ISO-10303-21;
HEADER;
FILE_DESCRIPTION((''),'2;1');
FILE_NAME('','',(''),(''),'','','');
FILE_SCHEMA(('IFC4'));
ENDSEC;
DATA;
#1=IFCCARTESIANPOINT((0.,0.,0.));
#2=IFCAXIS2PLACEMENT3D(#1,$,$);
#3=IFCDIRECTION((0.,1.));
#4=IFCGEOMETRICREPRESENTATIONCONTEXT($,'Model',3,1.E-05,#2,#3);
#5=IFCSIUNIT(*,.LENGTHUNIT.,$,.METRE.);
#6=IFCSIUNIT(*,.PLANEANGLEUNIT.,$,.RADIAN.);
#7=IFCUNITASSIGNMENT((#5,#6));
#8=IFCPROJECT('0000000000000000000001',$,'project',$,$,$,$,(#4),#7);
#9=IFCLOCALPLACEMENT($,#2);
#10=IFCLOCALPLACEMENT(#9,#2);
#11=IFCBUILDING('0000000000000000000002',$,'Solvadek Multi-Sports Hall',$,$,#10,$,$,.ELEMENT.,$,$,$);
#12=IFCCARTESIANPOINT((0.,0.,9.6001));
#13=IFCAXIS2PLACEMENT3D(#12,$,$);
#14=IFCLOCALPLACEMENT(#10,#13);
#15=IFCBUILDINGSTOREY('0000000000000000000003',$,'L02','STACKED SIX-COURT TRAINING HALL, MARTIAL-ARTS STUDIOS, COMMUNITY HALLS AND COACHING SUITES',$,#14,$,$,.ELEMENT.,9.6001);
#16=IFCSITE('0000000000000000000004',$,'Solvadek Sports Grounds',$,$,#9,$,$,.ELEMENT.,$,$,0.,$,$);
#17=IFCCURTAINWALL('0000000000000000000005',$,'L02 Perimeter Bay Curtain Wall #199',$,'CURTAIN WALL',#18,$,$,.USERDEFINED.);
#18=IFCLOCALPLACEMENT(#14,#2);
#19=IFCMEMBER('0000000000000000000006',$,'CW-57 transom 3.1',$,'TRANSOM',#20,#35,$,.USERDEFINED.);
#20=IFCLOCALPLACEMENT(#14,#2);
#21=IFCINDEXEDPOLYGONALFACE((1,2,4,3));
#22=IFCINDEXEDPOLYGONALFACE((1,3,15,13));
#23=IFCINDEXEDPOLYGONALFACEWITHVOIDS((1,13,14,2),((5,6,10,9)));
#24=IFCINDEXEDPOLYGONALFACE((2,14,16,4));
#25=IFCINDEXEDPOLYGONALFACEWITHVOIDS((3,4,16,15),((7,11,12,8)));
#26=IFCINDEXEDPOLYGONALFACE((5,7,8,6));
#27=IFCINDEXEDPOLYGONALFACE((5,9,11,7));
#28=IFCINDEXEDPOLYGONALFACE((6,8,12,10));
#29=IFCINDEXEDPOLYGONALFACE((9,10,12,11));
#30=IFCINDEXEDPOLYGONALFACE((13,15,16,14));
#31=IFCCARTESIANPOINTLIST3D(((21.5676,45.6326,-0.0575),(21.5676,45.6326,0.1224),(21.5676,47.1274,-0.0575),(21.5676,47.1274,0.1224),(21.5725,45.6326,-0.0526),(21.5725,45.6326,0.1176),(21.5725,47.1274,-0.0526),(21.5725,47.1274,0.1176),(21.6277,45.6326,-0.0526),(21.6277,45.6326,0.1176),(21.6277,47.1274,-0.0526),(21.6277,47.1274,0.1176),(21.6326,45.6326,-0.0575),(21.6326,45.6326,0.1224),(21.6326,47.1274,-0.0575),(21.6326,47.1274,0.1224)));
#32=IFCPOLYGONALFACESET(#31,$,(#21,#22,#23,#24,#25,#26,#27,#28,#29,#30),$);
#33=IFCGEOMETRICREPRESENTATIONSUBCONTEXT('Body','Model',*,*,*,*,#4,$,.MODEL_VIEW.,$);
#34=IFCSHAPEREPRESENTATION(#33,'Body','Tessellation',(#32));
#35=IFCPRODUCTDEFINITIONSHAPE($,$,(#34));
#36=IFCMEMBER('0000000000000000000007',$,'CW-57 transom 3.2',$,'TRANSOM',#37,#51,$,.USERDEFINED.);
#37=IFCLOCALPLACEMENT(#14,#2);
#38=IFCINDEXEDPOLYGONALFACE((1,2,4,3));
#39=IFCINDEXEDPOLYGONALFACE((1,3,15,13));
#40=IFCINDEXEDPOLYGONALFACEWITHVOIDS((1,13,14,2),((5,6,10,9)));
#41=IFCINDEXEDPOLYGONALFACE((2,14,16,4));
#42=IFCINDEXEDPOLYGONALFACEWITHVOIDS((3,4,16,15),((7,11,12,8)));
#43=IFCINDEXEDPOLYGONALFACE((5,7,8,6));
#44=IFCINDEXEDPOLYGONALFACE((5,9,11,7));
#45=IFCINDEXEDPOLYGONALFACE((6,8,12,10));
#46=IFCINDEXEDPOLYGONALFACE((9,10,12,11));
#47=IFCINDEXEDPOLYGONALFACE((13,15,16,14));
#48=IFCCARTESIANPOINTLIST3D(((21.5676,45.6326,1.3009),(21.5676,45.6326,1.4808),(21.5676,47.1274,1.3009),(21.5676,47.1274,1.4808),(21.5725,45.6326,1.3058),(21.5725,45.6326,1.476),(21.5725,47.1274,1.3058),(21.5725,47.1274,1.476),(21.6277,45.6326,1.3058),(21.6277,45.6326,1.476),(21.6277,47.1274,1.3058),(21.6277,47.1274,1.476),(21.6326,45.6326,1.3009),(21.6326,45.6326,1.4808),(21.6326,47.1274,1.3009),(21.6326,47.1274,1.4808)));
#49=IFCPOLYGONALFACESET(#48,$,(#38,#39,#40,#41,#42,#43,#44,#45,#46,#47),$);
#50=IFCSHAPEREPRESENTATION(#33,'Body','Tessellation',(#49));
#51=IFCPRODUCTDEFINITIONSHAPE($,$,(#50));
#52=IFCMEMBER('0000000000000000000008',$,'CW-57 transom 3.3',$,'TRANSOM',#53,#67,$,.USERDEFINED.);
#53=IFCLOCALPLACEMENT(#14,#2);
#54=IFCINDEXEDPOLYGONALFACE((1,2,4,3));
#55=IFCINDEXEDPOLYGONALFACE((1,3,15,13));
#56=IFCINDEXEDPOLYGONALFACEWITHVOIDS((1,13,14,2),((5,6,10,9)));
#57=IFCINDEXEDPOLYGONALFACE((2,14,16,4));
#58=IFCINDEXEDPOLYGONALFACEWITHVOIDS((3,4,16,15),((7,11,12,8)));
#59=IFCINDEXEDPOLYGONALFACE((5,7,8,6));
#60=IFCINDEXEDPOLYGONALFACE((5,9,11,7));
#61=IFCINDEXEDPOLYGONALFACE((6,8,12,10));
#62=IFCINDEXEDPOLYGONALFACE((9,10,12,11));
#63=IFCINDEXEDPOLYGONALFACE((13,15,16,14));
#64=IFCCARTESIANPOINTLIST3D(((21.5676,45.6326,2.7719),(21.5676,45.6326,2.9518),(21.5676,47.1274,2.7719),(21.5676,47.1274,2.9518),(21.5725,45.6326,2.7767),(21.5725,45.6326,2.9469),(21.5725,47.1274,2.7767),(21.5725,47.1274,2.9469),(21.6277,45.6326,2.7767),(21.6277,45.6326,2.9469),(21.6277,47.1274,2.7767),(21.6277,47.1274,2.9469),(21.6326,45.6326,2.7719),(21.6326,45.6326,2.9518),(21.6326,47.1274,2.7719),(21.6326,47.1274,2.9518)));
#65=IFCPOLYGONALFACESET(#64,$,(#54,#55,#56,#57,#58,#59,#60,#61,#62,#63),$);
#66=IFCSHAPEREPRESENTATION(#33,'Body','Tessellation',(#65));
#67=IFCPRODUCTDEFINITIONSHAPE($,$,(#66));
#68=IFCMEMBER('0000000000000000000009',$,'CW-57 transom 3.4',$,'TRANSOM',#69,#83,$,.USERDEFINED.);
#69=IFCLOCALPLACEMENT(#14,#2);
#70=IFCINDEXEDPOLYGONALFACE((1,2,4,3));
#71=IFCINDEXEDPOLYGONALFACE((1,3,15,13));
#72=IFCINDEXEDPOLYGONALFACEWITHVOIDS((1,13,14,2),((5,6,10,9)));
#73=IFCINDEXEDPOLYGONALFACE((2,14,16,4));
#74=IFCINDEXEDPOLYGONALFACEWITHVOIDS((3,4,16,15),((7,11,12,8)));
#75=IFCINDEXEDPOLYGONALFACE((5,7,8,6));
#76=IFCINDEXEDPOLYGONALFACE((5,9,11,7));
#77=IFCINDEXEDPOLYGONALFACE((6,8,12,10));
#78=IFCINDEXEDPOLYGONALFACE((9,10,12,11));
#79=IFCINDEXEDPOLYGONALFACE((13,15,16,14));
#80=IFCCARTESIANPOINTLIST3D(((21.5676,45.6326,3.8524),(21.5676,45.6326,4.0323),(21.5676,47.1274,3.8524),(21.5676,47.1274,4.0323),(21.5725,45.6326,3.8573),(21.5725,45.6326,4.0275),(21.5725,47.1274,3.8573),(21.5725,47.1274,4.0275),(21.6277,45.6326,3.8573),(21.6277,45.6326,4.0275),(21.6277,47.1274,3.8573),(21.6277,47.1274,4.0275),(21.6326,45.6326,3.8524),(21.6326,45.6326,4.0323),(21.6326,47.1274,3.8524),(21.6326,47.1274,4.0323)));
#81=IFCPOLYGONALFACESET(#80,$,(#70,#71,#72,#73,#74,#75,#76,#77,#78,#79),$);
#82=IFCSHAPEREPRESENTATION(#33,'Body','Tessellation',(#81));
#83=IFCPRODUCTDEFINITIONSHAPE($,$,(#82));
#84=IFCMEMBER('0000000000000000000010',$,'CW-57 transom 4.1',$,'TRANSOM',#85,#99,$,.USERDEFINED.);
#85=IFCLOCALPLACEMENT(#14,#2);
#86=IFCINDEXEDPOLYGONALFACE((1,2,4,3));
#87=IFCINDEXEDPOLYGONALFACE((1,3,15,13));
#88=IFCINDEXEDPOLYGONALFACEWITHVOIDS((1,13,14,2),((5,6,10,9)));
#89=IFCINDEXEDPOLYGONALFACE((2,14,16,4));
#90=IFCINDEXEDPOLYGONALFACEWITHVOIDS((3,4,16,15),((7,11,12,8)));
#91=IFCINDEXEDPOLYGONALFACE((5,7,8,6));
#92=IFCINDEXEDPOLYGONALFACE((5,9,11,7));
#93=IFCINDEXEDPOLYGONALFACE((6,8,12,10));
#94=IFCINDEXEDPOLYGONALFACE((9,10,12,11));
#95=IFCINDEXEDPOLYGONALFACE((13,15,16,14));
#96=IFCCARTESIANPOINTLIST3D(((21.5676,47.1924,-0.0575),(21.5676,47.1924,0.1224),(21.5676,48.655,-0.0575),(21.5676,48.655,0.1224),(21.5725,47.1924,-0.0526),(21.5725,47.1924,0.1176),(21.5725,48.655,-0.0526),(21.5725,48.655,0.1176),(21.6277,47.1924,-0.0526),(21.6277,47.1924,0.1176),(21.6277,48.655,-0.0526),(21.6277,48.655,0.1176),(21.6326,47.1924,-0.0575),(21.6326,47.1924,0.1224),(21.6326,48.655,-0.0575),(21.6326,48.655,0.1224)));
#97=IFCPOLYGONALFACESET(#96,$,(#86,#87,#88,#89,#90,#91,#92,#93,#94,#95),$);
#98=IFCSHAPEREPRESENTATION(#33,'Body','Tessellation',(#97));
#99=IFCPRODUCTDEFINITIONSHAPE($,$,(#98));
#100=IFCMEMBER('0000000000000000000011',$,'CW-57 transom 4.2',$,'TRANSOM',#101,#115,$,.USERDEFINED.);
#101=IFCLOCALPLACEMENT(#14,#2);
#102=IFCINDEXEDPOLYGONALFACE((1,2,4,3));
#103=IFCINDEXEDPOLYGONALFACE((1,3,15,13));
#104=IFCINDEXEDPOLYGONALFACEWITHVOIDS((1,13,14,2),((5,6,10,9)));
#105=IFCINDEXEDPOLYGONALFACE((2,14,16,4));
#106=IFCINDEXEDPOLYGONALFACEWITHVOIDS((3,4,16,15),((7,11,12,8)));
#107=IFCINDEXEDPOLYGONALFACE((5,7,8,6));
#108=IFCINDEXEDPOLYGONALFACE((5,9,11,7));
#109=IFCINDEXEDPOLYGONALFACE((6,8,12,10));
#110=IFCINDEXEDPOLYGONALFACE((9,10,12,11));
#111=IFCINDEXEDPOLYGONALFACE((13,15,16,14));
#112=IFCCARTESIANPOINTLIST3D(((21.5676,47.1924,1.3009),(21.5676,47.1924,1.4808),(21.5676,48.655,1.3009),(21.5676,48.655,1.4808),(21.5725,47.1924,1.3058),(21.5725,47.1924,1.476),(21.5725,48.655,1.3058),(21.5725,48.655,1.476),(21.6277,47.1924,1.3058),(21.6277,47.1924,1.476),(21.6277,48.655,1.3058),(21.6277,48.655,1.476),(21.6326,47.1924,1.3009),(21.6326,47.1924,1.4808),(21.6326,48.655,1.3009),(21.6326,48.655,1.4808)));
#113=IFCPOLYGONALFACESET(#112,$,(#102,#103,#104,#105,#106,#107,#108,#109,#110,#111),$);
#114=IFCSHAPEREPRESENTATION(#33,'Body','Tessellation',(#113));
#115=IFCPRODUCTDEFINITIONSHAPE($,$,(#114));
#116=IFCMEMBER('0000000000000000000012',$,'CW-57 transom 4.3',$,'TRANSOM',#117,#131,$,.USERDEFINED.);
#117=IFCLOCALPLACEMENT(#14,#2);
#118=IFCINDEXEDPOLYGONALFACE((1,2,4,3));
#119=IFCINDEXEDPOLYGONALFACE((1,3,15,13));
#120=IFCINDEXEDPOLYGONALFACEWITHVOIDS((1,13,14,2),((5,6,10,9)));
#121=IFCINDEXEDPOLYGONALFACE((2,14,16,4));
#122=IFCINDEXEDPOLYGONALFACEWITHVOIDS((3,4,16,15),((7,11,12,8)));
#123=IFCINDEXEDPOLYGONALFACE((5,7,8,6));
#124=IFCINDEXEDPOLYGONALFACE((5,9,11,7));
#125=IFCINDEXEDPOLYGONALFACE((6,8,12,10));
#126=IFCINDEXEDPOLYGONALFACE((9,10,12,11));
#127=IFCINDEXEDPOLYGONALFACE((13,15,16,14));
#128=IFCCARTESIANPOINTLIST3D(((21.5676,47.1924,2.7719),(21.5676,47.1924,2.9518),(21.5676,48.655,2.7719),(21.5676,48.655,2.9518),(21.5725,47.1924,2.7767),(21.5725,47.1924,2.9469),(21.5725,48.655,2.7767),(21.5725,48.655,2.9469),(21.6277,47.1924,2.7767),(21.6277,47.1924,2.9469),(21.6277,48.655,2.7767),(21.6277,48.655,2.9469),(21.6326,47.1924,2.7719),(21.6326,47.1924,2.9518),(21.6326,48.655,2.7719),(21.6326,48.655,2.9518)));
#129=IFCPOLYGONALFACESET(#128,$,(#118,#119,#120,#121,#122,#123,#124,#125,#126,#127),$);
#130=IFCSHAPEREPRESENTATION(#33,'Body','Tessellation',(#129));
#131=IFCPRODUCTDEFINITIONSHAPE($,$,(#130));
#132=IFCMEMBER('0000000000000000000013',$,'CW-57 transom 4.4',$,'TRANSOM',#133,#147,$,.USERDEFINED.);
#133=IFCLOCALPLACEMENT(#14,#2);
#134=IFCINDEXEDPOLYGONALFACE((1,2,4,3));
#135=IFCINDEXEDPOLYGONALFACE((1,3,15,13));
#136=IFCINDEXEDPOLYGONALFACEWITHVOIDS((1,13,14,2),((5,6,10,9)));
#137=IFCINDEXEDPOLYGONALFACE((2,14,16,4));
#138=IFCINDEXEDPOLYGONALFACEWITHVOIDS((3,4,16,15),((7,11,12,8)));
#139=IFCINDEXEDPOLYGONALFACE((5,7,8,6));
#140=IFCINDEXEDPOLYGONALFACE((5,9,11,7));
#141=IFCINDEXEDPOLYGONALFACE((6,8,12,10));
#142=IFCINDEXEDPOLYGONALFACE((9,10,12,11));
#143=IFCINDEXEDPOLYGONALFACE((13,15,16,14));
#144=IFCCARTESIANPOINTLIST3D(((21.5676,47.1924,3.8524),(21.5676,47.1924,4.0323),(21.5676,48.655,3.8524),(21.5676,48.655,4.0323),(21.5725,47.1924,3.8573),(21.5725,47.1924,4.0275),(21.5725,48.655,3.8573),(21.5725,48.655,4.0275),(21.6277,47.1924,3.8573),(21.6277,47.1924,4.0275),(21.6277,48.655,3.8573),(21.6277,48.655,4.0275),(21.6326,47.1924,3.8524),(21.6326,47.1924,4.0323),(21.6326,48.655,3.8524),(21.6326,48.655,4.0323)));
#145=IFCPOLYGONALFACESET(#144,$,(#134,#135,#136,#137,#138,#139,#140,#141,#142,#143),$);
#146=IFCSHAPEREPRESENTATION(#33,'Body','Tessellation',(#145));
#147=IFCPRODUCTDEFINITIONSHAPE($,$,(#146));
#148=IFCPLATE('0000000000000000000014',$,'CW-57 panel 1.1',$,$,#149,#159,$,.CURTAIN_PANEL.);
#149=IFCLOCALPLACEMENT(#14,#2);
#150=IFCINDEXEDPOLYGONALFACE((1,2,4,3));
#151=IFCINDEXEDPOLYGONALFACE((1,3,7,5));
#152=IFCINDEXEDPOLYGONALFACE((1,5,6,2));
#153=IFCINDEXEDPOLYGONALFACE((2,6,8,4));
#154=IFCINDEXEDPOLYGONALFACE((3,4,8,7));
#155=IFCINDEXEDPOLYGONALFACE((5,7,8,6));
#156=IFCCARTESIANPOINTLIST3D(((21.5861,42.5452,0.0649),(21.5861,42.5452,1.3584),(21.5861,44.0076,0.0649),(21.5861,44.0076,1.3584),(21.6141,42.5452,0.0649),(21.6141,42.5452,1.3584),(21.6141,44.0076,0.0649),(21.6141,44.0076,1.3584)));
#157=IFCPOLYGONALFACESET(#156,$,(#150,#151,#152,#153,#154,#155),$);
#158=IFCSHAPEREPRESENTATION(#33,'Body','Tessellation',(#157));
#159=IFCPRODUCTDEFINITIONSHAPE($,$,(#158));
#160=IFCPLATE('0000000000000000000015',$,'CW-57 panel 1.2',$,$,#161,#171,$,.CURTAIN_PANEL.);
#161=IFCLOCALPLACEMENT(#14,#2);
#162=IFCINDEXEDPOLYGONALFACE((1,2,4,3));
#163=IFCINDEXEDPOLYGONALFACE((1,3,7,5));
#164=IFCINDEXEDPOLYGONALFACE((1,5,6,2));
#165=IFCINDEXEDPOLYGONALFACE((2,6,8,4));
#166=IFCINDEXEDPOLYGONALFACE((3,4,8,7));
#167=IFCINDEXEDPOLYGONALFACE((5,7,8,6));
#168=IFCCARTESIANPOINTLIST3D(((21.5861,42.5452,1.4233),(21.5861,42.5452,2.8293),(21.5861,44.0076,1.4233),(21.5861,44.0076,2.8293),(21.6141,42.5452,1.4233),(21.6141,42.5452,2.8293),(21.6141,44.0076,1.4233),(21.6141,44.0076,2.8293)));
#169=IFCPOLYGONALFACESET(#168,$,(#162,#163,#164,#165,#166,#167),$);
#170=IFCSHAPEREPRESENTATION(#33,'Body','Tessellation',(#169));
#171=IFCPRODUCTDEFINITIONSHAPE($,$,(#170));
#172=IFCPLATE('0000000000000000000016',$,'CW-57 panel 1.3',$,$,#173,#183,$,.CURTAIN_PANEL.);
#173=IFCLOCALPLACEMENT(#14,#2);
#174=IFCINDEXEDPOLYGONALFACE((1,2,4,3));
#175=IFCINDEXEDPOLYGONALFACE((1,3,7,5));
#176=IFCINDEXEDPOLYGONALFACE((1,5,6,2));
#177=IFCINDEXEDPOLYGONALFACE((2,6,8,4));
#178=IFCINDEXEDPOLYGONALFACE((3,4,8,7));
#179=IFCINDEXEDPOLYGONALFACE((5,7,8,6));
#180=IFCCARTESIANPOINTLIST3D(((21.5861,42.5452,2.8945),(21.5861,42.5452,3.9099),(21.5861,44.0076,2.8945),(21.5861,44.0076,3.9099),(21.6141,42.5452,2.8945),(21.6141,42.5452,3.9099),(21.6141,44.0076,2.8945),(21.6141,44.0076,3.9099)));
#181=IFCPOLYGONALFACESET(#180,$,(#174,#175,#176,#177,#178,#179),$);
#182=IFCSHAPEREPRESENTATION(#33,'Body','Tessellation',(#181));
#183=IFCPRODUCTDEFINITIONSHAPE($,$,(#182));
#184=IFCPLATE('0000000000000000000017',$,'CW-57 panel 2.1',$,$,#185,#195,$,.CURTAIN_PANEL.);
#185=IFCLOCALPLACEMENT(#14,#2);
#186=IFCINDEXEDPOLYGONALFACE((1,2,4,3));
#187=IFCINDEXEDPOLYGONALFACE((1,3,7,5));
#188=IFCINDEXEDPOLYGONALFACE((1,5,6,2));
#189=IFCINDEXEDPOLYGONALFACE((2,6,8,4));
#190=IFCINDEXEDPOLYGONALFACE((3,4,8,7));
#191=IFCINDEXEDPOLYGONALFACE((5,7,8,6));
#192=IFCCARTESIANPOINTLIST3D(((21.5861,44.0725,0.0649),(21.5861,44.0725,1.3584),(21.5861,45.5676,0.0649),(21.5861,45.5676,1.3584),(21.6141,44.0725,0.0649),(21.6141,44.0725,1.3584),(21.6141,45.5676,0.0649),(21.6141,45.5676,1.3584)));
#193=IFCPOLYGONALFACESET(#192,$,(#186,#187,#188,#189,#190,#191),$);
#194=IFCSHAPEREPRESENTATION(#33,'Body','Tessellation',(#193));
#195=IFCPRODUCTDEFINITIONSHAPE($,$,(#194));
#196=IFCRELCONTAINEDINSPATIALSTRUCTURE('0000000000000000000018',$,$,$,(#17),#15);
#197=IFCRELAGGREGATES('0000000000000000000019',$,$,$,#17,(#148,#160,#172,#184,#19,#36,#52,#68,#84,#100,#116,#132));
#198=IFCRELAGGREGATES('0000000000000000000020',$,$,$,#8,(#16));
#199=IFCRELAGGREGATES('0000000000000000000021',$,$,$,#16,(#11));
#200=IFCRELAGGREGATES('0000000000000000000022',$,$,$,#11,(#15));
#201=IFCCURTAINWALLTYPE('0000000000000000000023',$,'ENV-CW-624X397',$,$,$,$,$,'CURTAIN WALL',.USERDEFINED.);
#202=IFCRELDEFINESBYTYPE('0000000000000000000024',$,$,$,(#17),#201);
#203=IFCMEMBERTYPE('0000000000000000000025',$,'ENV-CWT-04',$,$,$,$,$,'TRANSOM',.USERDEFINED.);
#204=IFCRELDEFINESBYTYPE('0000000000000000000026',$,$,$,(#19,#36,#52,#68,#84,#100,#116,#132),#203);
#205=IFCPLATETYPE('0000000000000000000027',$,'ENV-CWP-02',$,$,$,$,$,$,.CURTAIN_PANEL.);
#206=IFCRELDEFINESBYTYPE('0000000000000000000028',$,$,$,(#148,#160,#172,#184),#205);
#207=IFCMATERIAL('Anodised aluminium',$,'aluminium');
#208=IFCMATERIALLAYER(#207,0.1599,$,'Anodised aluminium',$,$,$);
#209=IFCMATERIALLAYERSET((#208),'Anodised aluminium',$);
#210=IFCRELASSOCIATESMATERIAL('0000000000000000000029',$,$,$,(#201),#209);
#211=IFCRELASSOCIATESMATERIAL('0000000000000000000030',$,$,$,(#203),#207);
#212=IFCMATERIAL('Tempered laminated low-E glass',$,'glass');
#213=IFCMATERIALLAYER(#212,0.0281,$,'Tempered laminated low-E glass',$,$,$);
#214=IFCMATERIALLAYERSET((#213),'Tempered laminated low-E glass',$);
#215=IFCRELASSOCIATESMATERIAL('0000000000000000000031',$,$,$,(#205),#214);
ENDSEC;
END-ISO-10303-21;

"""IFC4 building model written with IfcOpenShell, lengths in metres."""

from ifc_helpers import new_model, si_unit, direction, frame, origin, origin_2d, place, context, subcontext, project, spatial, rectangle, hollow_rectangle, extrude, material, layer, layer_set, material_profile, profile_set, type_object, element, aggregate, save


model = new_model("IFC4")

# Units and contexts
model_context = context("Model", 3, precision=1e-05, world=origin(), true_north=direction((0.0, 1.0)))
body_context = subcontext(model_context, "Body", "Model", "MODEL_VIEW")
ifc_project = project(units=[si_unit("LENGTHUNIT", "METRE"), si_unit("PLANEANGLEUNIT", "RADIAN")], contexts=[model_context])

# Site, building, storey
site_placement = place(None, origin())
site = spatial("IfcSite", under=ifc_project, at=site_placement, Name="Solvadek Sports Grounds", CompositionType="ELEMENT", RefElevation=0.0)
building_placement = place(site_placement, origin())
building = spatial("IfcBuilding", under=site, at=building_placement, Name="Solvadek Multi-Sports Hall", CompositionType="ELEMENT")
storey_placement = place(building_placement, frame((0.0, 0.0, 9.6001)))
storey = spatial("IfcBuildingStorey", under=building, at=storey_placement, Name="L02", Description="STACKED SIX-COURT TRAINING HALL, MARTIAL-ARTS STUDIOS, COMMUNITY HALLS AND COACHING SUITES", CompositionType="ELEMENT", Elevation=9.6001)

# Curtain wall, members, plates
ifc_material_1 = material(Name="Anodised aluminium", Category="aluminium")
ifc_layer_1 = layer(ifc_material_1, 0.1599, Name="Anodised aluminium")
ifc_layer_set_1 = layer_set([ifc_layer_1], Name="Anodised aluminium")
curtain_wall_type = type_object("IfcCurtainWallType", Name="ENV-CW-624X397", ElementType="CURTAIN WALL", PredefinedType="USERDEFINED", material=ifc_layer_set_1)
curtain_wall_placement = place(storey_placement, origin())
curtain_wall = element("IfcCurtainWall", 1, at=curtain_wall_placement, inside=storey, type_object=curtain_wall_type, Name="L02 Perimeter Bay Curtain Wall #199", ObjectType="CURTAIN WALL", PredefinedType="USERDEFINED")
ifc_material_profile_1 = material_profile(ifc_material_1, hollow_rectangle(XDim=0.0649, YDim=0.1799, WallThickness=0.0049, at=origin_2d()), Name="ALU-T 180x65x5")
ifc_profile_set_1 = profile_set([ifc_material_profile_1], Name="Anodised aluminium")
member_type_1 = type_object("IfcMemberType", Name="ENV-CWT-04", ElementType="TRANSOM", PredefinedType="USERDEFINED", material=ifc_profile_set_1)
member_1_placement = place(storey_placement, frame((21.6001, 45.6326, 0.0325), z_axis=(0.0, 1.0, 0.0), x_axis=(-1.0, 0.0, 0.0)))
member_1 = element("IfcMember", 2, at=member_1_placement, type_object=member_type_1, Name="CW-57 transom 3.1", ObjectType="TRANSOM", PredefinedType="USERDEFINED", context=body_context, shape_type="SweptSolid", body=[
    extrude(hollow_rectangle(XDim=0.0649, YDim=0.1799, WallThickness=0.0049, at=origin_2d()), origin(), (0.0, 0.0, 1.0), 1.4949),
])
member_2_placement = place(storey_placement, frame((21.6001, 45.6326, 1.3909), z_axis=(0.0, 1.0, 0.0), x_axis=(-1.0, 0.0, 0.0)))
member_2 = element("IfcMember", 3, at=member_2_placement, type_object=member_type_1, Name="CW-57 transom 3.2", ObjectType="TRANSOM", PredefinedType="USERDEFINED", context=body_context, shape_type="SweptSolid", body=[
    extrude(hollow_rectangle(XDim=0.0649, YDim=0.1799, WallThickness=0.0049, at=origin_2d()), origin(), (0.0, 0.0, 1.0), 1.4949),
])
member_3_placement = place(storey_placement, frame((21.6001, 45.6326, 2.8618), z_axis=(0.0, 1.0, 0.0), x_axis=(-1.0, 0.0, 0.0)))
member_3 = element("IfcMember", 4, at=member_3_placement, type_object=member_type_1, Name="CW-57 transom 3.3", ObjectType="TRANSOM", PredefinedType="USERDEFINED", context=body_context, shape_type="SweptSolid", body=[
    extrude(hollow_rectangle(XDim=0.0649, YDim=0.1799, WallThickness=0.0049, at=origin_2d()), origin(), (0.0, 0.0, 1.0), 1.4949),
])
member_4_placement = place(storey_placement, frame((21.6001, 45.6326, 3.9424), z_axis=(0.0, 1.0, 0.0), x_axis=(-1.0, 0.0, 0.0)))
member_4 = element("IfcMember", 5, at=member_4_placement, type_object=member_type_1, Name="CW-57 transom 3.4", ObjectType="TRANSOM", PredefinedType="USERDEFINED", context=body_context, shape_type="SweptSolid", body=[
    extrude(hollow_rectangle(XDim=0.0649, YDim=0.1799, WallThickness=0.0049, at=origin_2d()), origin(), (0.0, 0.0, 1.0), 1.4949),
])
member_5_placement = place(storey_placement, frame((21.6001, 47.1924, 0.0325), z_axis=(0.0, 1.0, 0.0), x_axis=(-1.0, 0.0, 0.0)))
member_5 = element("IfcMember", 6, at=member_5_placement, type_object=member_type_1, Name="CW-57 transom 4.1", ObjectType="TRANSOM", PredefinedType="USERDEFINED", context=body_context, shape_type="SweptSolid", body=[
    extrude(hollow_rectangle(XDim=0.0649, YDim=0.1799, WallThickness=0.0049, at=origin_2d()), origin(), (0.0, 0.0, 1.0), 1.4626),
])
member_6_placement = place(storey_placement, frame((21.6001, 47.1924, 1.3909), z_axis=(0.0, 1.0, 0.0), x_axis=(-1.0, 0.0, 0.0)))
member_6 = element("IfcMember", 7, at=member_6_placement, type_object=member_type_1, Name="CW-57 transom 4.2", ObjectType="TRANSOM", PredefinedType="USERDEFINED", context=body_context, shape_type="SweptSolid", body=[
    extrude(hollow_rectangle(XDim=0.0649, YDim=0.1799, WallThickness=0.0049, at=origin_2d()), origin(), (0.0, 0.0, 1.0), 1.4626),
])
member_7_placement = place(storey_placement, frame((21.6001, 47.1924, 2.8618), z_axis=(0.0, 1.0, 0.0), x_axis=(-1.0, 0.0, 0.0)))
member_7 = element("IfcMember", 8, at=member_7_placement, type_object=member_type_1, Name="CW-57 transom 4.3", ObjectType="TRANSOM", PredefinedType="USERDEFINED", context=body_context, shape_type="SweptSolid", body=[
    extrude(hollow_rectangle(XDim=0.0649, YDim=0.1799, WallThickness=0.0049, at=origin_2d()), origin(), (0.0, 0.0, 1.0), 1.4626),
])
member_8_placement = place(storey_placement, frame((21.6001, 47.1924, 3.9424), z_axis=(0.0, 1.0, 0.0), x_axis=(-1.0, 0.0, 0.0)))
member_8 = element("IfcMember", 9, at=member_8_placement, type_object=member_type_1, Name="CW-57 transom 4.4", ObjectType="TRANSOM", PredefinedType="USERDEFINED", context=body_context, shape_type="SweptSolid", body=[
    extrude(hollow_rectangle(XDim=0.0649, YDim=0.1799, WallThickness=0.0049, at=origin_2d()), origin(), (0.0, 0.0, 1.0), 1.4626),
])
ifc_material_2 = material(Name="Tempered laminated low-E glass", Category="glass")
ifc_layer_2 = layer(ifc_material_2, 0.0281, Name="Tempered laminated low-E glass")
ifc_layer_set_2 = layer_set([ifc_layer_2], Name="Tempered laminated low-E glass")
plate_type = type_object("IfcPlateType", Name="ENV-CWP-02", PredefinedType="CURTAIN_PANEL", material=ifc_layer_set_2)
plate_1_placement = place(storey_placement, frame((21.6001, 43.2764, 0.0649), z_axis=(0.0, 0.0, 1.0), x_axis=(0.0, 1.0, 0.0)))
plate_1 = element("IfcPlate", 10, at=plate_1_placement, type_object=plate_type, Name="CW-57 panel 1.1", PredefinedType="CURTAIN_PANEL", context=body_context, shape_type="SweptSolid", body=[
    extrude(rectangle(XDim=1.4624, YDim=0.0281, at=origin_2d()), origin(), (0.0, 0.0, 1.0), 1.2935),
])
plate_2_placement = place(storey_placement, frame((21.6001, 43.2764, 1.4233), z_axis=(0.0, 0.0, 1.0), x_axis=(0.0, 1.0, 0.0)))
plate_2 = element("IfcPlate", 11, at=plate_2_placement, type_object=plate_type, Name="CW-57 panel 1.2", PredefinedType="CURTAIN_PANEL", context=body_context, shape_type="SweptSolid", body=[
    extrude(rectangle(XDim=1.4624, YDim=0.0281, at=origin_2d()), origin(), (0.0, 0.0, 1.0), 1.406),
])
plate_3_placement = place(storey_placement, frame((21.6001, 43.2764, 2.8945), z_axis=(0.0, 0.0, 1.0), x_axis=(0.0, 1.0, 0.0)))
plate_3 = element("IfcPlate", 12, at=plate_3_placement, type_object=plate_type, Name="CW-57 panel 1.3", PredefinedType="CURTAIN_PANEL", context=body_context, shape_type="SweptSolid", body=[
    extrude(rectangle(XDim=1.4624, YDim=0.0281, at=origin_2d()), origin(), (0.0, 0.0, 1.0), 1.0154),
])
plate_4_placement = place(storey_placement, frame((21.6001, 44.8201, 0.0649), z_axis=(0.0, 0.0, 1.0), x_axis=(0.0, 1.0, 0.0)))
plate_4 = element("IfcPlate", 13, at=plate_4_placement, type_object=plate_type, Name="CW-57 panel 2.1", PredefinedType="CURTAIN_PANEL", context=body_context, shape_type="SweptSolid", body=[
    extrude(rectangle(XDim=1.4951, YDim=0.0281, at=origin_2d()), origin(), (0.0, 0.0, 1.0), 1.2935),
])
aggregate(curtain_wall, [plate_1, plate_2, plate_3, plate_4, member_1, member_2, member_3, member_4, member_5, member_6, member_7, member_8])

save(model, "model.ifc")
